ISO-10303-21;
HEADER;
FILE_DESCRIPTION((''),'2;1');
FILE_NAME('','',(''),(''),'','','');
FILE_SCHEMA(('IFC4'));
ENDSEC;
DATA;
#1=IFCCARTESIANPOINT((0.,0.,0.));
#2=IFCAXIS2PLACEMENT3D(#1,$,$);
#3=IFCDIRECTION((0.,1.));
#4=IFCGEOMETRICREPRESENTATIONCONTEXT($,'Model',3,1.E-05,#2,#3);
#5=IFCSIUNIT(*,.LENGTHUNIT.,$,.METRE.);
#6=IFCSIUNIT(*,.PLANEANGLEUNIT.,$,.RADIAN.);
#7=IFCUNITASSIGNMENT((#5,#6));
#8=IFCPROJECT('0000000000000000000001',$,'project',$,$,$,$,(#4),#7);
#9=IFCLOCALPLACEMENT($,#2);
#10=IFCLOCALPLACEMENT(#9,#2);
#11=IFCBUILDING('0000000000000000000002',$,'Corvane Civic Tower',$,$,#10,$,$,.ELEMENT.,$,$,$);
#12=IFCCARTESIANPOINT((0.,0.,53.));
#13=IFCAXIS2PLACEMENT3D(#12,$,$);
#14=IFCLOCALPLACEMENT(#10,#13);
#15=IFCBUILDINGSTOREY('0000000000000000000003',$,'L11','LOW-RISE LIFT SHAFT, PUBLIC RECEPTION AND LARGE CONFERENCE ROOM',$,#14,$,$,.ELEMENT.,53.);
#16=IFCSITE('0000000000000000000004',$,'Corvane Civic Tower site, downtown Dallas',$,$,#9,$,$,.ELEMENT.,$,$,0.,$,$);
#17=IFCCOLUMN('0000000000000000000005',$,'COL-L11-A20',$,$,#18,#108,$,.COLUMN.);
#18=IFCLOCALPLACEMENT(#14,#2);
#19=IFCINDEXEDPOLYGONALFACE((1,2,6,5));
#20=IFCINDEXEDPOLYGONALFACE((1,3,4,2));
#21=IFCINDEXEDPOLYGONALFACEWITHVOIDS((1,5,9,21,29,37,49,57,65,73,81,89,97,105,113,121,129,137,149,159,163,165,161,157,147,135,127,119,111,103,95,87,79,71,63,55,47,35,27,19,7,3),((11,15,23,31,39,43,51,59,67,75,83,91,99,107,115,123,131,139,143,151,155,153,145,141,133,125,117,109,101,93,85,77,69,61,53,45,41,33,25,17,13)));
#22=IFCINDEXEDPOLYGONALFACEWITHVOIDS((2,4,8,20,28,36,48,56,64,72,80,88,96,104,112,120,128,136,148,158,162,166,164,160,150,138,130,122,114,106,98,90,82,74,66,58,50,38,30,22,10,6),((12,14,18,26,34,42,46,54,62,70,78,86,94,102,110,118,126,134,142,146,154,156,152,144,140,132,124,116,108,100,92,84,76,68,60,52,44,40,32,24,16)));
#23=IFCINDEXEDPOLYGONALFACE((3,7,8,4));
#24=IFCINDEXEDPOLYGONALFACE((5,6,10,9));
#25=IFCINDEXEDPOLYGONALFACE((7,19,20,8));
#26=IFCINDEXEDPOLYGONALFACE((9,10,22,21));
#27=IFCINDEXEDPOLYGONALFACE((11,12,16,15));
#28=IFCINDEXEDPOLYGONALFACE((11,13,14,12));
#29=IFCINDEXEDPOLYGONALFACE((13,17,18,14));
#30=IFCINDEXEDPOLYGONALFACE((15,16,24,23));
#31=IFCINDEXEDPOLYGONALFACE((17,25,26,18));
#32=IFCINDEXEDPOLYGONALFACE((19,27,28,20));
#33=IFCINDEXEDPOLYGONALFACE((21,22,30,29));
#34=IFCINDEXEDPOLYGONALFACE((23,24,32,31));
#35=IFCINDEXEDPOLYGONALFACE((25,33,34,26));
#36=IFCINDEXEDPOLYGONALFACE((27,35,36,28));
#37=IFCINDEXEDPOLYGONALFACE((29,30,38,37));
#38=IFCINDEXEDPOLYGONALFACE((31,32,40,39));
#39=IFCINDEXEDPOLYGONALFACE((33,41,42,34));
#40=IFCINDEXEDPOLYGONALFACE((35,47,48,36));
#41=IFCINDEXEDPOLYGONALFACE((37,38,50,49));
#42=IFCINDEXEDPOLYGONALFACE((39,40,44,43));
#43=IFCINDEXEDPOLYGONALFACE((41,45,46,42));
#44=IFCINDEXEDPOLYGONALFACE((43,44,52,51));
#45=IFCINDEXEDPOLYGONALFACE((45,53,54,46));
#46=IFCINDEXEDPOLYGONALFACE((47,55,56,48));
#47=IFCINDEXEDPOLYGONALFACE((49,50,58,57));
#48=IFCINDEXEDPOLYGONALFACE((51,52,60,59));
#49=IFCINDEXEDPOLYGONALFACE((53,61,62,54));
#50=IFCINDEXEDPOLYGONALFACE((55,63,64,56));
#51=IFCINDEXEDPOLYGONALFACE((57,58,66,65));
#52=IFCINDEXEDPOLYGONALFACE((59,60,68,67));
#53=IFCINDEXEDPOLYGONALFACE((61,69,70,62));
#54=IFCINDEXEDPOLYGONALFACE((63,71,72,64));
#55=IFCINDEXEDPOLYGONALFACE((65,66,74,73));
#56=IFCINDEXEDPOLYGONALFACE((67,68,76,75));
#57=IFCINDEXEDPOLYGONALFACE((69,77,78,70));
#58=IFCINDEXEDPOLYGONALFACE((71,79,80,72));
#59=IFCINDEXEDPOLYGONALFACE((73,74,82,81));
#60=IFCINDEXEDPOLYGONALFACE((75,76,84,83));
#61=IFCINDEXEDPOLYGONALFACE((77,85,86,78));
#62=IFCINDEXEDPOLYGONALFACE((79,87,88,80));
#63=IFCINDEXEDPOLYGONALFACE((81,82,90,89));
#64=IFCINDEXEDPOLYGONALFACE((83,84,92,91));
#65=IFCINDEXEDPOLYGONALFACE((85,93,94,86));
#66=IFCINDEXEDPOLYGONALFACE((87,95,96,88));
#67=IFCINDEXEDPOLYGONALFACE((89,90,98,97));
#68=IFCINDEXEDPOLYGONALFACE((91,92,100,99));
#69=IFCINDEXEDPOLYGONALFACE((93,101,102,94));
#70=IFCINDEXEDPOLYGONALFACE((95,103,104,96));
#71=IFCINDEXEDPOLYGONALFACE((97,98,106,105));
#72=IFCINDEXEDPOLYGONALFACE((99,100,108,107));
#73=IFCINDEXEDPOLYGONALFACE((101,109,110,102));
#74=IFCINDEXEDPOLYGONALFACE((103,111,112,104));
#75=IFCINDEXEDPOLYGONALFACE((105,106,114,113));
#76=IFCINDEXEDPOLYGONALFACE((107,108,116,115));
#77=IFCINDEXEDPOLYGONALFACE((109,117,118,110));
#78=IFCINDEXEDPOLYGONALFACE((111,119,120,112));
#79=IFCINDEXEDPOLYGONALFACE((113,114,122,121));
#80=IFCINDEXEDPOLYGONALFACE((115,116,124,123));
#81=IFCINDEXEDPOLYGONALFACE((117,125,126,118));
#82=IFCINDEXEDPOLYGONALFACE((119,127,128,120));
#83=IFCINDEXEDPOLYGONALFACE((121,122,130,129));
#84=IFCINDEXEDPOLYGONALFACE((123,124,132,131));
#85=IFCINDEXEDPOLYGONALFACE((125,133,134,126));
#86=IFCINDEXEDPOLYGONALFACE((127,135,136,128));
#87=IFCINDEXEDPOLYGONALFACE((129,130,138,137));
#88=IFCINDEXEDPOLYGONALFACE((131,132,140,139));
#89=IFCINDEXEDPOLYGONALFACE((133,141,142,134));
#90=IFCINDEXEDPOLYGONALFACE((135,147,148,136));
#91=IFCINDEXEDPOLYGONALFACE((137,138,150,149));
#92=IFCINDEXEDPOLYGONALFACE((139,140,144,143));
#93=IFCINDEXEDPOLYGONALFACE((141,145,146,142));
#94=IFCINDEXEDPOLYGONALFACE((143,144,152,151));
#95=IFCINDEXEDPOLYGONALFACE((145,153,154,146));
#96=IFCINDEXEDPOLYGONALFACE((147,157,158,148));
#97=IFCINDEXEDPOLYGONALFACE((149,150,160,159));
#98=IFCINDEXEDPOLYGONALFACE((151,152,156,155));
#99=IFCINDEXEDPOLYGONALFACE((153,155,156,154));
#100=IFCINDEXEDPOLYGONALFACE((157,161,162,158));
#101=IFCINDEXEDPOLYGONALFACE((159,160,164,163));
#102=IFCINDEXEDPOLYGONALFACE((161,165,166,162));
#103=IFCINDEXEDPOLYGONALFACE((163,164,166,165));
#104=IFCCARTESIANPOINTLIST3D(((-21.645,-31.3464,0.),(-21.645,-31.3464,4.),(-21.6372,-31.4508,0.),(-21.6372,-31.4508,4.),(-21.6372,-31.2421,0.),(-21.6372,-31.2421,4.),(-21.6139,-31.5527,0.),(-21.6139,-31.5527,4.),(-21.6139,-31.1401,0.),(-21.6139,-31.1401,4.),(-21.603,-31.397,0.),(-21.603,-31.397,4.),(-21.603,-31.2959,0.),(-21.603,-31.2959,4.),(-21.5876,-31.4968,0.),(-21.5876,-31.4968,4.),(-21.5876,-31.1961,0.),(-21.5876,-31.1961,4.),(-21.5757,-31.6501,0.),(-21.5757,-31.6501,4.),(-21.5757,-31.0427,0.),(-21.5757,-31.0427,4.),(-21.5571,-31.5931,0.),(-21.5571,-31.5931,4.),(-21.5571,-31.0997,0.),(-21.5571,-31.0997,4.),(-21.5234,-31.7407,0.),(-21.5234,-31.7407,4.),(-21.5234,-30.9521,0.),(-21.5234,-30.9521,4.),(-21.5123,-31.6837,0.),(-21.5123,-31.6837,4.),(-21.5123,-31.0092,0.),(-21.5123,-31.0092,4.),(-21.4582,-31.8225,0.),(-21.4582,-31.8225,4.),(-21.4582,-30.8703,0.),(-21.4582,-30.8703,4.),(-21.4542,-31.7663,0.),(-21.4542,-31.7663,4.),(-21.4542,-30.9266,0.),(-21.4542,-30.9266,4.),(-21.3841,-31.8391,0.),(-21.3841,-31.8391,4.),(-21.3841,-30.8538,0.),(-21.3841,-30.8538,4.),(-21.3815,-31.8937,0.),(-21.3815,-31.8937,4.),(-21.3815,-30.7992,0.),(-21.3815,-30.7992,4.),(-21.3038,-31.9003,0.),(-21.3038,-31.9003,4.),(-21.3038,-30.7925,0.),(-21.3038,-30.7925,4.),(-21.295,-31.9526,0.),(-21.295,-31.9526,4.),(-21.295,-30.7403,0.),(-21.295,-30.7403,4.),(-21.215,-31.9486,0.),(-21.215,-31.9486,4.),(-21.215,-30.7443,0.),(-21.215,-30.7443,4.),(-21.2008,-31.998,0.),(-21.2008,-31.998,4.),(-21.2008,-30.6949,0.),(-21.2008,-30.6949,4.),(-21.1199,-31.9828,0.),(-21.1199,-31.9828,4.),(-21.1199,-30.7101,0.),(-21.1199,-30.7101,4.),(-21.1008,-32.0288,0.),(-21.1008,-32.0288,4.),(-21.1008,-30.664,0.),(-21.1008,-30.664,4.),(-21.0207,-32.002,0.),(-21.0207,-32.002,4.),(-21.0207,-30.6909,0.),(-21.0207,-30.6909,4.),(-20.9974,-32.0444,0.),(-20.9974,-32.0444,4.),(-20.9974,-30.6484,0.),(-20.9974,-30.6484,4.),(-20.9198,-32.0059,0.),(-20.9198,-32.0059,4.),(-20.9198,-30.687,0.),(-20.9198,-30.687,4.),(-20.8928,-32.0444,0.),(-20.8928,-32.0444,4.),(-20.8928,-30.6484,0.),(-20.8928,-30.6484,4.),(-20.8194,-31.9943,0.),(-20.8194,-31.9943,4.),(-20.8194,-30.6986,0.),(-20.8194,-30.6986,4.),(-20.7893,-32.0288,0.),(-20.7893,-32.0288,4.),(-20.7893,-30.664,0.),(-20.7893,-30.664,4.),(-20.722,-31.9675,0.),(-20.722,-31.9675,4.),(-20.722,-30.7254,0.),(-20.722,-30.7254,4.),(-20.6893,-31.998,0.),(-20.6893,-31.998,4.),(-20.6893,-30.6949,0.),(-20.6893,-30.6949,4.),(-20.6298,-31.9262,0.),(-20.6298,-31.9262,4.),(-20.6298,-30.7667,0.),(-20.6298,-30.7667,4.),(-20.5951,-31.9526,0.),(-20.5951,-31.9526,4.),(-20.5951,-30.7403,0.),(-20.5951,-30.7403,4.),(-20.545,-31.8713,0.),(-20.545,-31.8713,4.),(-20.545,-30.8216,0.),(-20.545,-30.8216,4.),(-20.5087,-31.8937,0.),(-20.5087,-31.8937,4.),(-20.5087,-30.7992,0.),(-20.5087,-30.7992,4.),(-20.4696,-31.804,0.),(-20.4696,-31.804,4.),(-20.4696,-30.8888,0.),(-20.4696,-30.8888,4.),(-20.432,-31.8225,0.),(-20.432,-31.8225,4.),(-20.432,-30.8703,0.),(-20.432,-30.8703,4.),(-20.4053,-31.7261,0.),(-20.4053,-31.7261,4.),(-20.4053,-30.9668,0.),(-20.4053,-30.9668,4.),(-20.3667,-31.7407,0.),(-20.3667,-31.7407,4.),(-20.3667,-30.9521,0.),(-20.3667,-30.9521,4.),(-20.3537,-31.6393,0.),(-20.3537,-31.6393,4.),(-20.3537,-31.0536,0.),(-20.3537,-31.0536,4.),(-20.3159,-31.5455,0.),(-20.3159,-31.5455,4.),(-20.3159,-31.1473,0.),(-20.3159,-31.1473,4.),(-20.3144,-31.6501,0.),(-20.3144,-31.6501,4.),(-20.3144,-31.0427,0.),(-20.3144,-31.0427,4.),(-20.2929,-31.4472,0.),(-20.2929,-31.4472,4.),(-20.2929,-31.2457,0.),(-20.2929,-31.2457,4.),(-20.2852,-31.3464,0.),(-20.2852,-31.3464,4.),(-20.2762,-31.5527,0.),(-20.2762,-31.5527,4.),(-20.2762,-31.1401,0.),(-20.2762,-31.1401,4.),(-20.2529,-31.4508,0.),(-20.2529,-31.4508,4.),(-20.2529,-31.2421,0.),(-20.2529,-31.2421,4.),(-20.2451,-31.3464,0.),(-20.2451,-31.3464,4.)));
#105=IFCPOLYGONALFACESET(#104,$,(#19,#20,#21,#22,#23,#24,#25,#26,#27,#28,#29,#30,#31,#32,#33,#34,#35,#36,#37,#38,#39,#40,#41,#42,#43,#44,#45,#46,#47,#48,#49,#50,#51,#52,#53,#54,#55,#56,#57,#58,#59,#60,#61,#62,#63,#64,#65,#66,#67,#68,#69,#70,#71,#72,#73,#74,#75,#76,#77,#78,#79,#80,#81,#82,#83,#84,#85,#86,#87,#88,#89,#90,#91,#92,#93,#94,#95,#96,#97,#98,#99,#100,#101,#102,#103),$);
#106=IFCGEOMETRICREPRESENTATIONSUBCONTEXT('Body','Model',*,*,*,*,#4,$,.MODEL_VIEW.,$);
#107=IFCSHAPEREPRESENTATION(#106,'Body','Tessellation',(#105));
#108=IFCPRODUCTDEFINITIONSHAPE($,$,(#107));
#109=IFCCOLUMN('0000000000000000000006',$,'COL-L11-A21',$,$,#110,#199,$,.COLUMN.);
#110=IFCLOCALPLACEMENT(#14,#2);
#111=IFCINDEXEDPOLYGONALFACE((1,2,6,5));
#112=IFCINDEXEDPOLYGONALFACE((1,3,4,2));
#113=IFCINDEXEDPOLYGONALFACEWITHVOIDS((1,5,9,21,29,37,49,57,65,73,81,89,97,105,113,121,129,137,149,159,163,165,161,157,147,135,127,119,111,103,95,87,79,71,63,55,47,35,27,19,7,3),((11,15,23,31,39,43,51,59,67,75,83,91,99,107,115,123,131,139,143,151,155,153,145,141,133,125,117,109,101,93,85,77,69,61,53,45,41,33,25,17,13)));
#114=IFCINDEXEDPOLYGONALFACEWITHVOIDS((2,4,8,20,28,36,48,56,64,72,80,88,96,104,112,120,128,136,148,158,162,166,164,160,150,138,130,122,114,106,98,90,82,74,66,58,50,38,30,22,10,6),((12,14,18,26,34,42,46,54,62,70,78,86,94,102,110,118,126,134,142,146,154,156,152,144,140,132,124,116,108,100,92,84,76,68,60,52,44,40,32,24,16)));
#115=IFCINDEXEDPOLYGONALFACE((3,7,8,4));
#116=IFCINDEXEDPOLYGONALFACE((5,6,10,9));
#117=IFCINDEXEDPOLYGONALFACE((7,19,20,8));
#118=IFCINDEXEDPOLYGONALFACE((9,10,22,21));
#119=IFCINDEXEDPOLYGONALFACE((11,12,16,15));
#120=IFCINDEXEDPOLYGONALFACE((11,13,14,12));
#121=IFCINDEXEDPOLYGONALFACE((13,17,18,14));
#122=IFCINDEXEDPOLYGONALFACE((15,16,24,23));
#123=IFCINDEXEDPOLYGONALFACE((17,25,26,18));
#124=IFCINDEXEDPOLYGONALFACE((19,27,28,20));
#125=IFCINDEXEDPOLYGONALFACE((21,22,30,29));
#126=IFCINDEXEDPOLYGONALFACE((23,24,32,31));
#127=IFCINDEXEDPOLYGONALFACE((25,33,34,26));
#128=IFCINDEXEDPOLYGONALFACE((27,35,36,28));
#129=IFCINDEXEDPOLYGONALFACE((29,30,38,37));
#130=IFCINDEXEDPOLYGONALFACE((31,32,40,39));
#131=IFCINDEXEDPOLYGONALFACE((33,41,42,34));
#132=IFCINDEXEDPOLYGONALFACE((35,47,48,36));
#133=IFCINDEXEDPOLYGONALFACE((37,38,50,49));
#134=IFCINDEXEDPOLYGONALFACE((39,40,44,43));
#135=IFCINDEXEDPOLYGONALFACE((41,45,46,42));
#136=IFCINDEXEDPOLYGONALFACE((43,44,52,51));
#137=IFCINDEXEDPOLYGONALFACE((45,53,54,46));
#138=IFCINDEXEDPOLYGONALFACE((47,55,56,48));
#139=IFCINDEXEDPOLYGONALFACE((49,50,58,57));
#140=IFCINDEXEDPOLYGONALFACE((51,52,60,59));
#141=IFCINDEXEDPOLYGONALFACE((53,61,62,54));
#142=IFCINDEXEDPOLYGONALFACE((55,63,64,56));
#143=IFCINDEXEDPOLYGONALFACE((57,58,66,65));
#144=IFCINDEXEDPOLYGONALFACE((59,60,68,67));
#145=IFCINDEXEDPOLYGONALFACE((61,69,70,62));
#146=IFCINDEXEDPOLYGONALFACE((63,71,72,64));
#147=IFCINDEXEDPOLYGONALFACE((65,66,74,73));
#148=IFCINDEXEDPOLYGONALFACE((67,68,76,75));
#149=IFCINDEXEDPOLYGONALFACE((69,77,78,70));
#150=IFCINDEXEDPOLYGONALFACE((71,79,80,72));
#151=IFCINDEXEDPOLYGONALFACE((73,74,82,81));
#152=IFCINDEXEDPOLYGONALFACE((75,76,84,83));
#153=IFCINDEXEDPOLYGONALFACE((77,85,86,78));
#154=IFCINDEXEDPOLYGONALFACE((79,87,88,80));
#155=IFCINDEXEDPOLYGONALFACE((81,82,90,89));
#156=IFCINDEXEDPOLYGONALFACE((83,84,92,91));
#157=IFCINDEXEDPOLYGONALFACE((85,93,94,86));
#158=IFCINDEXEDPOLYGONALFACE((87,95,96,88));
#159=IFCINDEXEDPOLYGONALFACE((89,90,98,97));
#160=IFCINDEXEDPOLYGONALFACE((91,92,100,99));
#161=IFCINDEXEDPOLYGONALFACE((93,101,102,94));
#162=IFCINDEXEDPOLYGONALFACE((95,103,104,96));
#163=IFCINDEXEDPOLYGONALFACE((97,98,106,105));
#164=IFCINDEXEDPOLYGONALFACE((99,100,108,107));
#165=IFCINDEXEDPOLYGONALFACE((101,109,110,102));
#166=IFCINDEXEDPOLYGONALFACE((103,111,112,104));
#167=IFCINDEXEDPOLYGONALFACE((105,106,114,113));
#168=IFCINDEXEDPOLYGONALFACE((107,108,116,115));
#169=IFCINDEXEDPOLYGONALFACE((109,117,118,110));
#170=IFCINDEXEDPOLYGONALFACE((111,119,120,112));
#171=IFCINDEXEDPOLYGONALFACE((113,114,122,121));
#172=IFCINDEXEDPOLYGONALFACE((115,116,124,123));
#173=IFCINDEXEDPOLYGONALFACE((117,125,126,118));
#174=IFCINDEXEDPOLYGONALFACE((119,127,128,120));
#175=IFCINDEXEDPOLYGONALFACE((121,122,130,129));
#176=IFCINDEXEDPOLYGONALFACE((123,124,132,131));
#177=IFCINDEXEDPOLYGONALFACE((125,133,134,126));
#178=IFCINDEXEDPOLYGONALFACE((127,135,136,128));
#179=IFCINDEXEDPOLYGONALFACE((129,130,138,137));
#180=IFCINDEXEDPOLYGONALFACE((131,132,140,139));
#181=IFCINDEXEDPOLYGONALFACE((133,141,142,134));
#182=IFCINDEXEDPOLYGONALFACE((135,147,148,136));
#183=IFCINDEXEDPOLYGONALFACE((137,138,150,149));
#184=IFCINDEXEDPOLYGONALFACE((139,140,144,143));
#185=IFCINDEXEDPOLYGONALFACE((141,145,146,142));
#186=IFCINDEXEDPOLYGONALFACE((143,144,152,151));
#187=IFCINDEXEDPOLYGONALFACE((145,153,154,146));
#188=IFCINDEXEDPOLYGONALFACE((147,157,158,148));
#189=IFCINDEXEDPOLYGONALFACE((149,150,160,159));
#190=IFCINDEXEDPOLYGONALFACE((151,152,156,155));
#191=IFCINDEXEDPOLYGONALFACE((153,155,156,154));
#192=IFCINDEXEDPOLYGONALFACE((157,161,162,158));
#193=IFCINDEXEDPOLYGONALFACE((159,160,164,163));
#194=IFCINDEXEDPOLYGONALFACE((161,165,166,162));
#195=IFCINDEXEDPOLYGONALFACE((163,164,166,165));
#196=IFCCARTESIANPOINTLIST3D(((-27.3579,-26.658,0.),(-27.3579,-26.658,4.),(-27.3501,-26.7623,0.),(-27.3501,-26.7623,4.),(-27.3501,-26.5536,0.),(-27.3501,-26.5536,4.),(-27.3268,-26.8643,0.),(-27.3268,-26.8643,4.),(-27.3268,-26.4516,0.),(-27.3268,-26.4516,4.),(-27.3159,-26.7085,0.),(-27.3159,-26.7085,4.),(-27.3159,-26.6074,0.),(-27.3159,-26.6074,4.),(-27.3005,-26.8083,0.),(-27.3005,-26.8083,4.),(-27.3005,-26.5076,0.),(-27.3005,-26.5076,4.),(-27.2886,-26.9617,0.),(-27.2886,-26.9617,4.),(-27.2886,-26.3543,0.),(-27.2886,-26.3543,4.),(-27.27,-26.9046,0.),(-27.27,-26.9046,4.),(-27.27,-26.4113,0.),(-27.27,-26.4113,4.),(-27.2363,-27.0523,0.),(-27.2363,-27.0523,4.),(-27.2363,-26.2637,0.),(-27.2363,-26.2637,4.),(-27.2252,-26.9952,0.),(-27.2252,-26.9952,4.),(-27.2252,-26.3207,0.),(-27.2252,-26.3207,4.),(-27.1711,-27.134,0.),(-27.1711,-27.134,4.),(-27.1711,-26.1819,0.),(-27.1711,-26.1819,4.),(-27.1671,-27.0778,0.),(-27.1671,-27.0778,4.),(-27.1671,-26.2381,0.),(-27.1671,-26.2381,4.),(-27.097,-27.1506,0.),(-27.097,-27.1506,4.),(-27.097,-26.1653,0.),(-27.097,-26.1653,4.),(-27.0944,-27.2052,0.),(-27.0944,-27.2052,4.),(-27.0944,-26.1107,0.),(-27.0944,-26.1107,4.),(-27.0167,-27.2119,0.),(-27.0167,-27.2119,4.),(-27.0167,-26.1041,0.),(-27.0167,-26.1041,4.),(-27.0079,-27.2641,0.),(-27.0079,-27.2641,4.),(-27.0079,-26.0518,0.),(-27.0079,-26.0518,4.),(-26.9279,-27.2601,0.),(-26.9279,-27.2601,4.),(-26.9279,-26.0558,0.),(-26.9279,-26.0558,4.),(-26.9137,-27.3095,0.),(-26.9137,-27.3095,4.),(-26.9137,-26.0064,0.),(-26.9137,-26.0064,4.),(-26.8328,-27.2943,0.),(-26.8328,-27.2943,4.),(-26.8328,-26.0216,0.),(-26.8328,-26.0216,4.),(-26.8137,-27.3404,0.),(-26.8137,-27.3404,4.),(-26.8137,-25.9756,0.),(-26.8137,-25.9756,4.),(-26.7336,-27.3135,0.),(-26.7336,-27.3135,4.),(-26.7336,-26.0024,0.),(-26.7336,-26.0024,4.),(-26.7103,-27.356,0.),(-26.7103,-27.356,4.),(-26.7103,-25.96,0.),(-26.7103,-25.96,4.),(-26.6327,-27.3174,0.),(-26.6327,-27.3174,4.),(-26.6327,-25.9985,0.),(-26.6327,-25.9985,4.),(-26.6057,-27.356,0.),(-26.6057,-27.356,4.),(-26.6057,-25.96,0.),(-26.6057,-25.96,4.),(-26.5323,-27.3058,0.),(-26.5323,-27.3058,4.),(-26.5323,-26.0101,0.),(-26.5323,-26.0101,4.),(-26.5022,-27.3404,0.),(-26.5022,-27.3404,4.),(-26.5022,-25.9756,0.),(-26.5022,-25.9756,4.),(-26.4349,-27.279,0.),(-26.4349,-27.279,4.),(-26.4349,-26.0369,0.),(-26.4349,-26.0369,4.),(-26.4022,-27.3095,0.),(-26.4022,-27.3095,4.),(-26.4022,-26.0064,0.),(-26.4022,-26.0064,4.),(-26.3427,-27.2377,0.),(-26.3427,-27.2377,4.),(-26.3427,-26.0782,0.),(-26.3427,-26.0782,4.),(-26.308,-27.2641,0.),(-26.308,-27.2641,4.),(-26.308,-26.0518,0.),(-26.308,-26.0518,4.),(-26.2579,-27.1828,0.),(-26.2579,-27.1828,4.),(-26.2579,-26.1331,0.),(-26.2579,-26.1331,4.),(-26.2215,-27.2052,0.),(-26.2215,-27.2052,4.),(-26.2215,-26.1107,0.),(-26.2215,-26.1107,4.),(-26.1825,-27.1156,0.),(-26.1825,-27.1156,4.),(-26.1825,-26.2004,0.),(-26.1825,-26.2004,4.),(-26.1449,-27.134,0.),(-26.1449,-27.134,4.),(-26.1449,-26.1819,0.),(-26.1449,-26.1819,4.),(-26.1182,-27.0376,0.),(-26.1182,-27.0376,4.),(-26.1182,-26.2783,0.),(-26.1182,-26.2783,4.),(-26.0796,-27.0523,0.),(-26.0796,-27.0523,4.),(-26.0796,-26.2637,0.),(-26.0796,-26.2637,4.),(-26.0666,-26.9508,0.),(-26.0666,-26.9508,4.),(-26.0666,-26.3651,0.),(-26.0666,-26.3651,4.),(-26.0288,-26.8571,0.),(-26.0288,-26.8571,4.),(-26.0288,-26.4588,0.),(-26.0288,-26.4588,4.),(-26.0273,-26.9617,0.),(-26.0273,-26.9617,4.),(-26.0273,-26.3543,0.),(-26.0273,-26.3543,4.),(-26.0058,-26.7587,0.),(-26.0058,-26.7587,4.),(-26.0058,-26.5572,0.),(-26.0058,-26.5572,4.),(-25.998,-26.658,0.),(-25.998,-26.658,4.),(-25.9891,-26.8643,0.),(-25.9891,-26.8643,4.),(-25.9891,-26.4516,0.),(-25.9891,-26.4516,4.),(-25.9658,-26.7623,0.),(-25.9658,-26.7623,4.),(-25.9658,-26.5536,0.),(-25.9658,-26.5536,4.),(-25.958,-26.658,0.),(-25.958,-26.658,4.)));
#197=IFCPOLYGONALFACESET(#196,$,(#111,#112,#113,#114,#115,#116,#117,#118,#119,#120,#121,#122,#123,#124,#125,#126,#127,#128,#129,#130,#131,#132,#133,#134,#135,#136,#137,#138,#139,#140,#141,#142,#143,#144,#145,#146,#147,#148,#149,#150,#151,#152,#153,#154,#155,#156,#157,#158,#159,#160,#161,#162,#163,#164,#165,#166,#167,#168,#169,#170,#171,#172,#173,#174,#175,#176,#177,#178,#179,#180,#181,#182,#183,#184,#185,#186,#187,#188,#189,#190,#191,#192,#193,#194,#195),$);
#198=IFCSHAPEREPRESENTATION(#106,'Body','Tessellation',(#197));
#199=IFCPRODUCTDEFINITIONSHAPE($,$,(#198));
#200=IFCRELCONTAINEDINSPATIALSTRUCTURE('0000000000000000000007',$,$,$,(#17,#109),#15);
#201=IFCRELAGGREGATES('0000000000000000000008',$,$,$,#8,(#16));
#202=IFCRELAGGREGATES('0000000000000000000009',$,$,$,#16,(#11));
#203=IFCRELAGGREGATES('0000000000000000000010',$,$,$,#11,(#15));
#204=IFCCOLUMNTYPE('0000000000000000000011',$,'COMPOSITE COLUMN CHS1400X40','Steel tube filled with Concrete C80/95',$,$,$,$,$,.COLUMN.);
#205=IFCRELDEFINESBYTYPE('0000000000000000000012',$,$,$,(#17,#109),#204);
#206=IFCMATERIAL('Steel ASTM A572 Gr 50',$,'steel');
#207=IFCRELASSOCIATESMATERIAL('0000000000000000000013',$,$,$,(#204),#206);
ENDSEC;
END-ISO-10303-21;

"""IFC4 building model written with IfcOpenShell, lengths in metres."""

from ifc_helpers import new_model, si_unit, direction, frame, origin, origin_2d, place, context, subcontext, project, spatial, hollow_circle, extrude, material, material_profile, profile_set, type_object, element, save


model = new_model("IFC4")

# Units and contexts
model_context = context("Model", 3, precision=1e-05, world=origin(), true_north=direction((0.0, 1.0)))
body_context = subcontext(model_context, "Body", "Model", "MODEL_VIEW")
ifc_project = project(units=[si_unit("LENGTHUNIT", "METRE"), si_unit("PLANEANGLEUNIT", "RADIAN")], contexts=[model_context])

# Site, building, storey
site_placement = place(None, origin())
site = spatial("IfcSite", under=ifc_project, at=site_placement, Name="Corvane Civic Tower site, downtown Dallas", CompositionType="ELEMENT", RefElevation=0.0)
building_placement = place(site_placement, origin())
building = spatial("IfcBuilding", under=site, at=building_placement, Name="Corvane Civic Tower", CompositionType="ELEMENT")
storey_placement = place(building_placement, frame((0.0, 0.0, 53.0)))
storey = spatial("IfcBuildingStorey", under=building, at=storey_placement, Name="L11", Description="LOW-RISE LIFT SHAFT, PUBLIC RECEPTION AND LARGE CONFERENCE ROOM", CompositionType="ELEMENT", Elevation=53.0)

# Columns
ifc_material_1 = material(Name="Steel ASTM A572 Gr 50", Category="steel")
ifc_material_profile_1 = material_profile(ifc_material_1, hollow_circle(Radius=0.7, WallThickness=0.04, at=origin_2d()), Name="CHS1400X40")
ifc_profile_set_1 = profile_set([ifc_material_profile_1], Name="Steel ASTM A572 Gr 50")
column_type = type_object("IfcColumnType", Name="COMPOSITE COLUMN CHS1400X40", Description="Steel tube filled with Concrete C80/95", PredefinedType="COLUMN", material=ifc_profile_set_1)
for number, where, z_axis, x_axis, name in (
    (1, (-20.9451, -31.3464, 0.0), (0.0, 0.0, 1.0), (1.0, 0.0, 0.0), "COL-L11-A20"),
    (2, (-26.658, -26.658, 0.0), (0.0, 0.0, 1.0), (1.0, 0.0, 0.0), "COL-L11-A21"),
):
    element("IfcColumn", number, at=place(storey_placement, frame(where, z_axis=z_axis, x_axis=x_axis)), inside=storey, type_object=column_type, Name=name, PredefinedType="COLUMN", context=body_context, shape_type="SweptSolid", body=[
        extrude(hollow_circle(Radius=0.7, WallThickness=0.04, at=origin_2d()), origin(), (0.0, 0.0, 1.0), 4.0),
    ])

save(model, "model.ifc")
